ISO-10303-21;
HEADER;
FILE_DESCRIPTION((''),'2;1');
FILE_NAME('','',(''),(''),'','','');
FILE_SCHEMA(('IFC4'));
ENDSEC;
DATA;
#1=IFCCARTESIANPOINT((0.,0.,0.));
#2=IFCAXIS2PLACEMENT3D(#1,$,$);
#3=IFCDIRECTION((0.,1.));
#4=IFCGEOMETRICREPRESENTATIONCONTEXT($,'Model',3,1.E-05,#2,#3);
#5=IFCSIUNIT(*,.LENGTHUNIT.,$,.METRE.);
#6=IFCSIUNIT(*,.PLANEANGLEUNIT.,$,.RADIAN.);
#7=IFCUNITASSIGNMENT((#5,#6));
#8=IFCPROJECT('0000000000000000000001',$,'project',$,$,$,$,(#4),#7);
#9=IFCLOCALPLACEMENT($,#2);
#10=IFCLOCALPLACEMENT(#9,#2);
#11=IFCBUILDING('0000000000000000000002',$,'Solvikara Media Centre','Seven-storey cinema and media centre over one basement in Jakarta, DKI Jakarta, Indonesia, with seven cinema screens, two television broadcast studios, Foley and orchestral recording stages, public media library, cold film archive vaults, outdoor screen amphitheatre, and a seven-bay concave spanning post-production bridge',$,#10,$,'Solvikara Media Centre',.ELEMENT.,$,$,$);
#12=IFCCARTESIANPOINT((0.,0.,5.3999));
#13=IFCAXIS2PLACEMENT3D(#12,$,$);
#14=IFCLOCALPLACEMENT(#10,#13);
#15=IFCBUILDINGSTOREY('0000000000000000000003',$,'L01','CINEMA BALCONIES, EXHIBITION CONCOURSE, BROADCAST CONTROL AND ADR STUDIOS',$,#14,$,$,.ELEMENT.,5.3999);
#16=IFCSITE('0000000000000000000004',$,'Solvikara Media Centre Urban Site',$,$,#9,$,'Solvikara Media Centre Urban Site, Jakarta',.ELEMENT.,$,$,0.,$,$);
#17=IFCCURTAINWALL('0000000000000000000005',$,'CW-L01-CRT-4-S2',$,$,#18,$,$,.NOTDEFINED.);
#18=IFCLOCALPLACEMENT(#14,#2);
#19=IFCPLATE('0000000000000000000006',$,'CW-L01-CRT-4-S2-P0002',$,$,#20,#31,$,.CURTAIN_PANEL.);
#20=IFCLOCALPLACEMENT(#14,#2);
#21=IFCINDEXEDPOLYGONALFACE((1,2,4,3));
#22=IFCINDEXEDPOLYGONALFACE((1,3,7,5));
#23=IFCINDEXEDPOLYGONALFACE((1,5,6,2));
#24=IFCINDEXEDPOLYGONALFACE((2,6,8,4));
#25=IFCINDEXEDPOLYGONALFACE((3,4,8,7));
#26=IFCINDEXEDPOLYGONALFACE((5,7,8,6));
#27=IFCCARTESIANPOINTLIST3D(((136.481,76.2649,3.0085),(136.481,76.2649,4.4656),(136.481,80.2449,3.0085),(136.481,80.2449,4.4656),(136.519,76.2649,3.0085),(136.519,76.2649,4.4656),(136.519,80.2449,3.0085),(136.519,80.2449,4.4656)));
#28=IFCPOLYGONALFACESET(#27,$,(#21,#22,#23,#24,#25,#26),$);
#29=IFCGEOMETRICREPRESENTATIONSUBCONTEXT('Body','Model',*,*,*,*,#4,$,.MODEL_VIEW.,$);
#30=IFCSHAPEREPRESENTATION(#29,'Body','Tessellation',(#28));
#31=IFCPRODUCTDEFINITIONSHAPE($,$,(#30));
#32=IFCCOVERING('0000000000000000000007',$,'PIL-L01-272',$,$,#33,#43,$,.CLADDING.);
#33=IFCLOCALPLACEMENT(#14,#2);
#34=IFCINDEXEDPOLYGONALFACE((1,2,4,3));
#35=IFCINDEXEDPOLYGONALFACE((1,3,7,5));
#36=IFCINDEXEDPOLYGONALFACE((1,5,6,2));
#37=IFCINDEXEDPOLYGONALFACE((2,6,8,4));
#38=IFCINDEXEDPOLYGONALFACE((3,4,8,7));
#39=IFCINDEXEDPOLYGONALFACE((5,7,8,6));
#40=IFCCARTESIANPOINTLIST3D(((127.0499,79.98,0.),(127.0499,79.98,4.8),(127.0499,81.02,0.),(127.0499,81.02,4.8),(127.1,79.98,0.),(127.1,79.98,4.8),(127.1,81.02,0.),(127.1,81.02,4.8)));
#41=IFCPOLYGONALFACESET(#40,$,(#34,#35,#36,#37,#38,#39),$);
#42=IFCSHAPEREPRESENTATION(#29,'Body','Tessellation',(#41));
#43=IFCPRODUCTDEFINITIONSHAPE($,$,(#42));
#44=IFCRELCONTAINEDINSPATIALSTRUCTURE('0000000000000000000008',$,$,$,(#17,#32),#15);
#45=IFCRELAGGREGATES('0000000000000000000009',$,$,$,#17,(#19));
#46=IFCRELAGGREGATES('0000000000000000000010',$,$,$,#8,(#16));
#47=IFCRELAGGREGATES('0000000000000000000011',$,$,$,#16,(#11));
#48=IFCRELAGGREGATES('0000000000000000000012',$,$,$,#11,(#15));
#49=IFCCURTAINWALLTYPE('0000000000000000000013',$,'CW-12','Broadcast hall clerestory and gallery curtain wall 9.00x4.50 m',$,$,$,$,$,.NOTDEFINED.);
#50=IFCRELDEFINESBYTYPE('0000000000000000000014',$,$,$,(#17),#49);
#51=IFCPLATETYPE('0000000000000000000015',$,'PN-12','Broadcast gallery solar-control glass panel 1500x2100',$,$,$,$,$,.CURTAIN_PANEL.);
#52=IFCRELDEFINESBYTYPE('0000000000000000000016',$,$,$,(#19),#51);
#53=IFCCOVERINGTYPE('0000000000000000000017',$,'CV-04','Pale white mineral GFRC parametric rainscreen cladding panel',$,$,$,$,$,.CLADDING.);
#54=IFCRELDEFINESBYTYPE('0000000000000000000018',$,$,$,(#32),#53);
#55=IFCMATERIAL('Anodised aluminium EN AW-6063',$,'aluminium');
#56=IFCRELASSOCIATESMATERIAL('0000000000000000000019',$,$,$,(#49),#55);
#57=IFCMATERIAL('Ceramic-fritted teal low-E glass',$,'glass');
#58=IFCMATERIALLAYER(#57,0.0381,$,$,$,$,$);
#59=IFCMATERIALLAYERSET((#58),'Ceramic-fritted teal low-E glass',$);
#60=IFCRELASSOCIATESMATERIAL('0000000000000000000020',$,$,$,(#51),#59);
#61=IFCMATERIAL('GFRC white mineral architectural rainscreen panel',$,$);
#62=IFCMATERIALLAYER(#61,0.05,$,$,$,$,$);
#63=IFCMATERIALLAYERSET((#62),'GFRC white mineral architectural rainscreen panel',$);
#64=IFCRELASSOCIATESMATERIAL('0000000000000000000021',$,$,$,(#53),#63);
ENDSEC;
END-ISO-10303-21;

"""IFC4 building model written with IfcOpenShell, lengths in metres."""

from ifc_helpers import new_model, si_unit, direction, frame, origin, origin_2d, place, context, subcontext, project, spatial, rectangle, extrude, material, layer, layer_set, type_object, element, aggregate, save


model = new_model("IFC4")

# Units and contexts
model_context = context("Model", 3, precision=1e-05, world=origin(), true_north=direction((0.0, 1.0)))
body_context = subcontext(model_context, "Body", "Model", "MODEL_VIEW")
ifc_project = project(units=[si_unit("LENGTHUNIT", "METRE"), si_unit("PLANEANGLEUNIT", "RADIAN")], contexts=[model_context])

# Site, building, storey
site_placement = place(None, origin())
site = spatial("IfcSite", under=ifc_project, at=site_placement, Name="Solvikara Media Centre Urban Site", LongName="Solvikara Media Centre Urban Site, Jakarta", CompositionType="ELEMENT", RefElevation=0.0)
building_placement = place(site_placement, origin())
building = spatial("IfcBuilding", under=site, at=building_placement, Name="Solvikara Media Centre", Description="Seven-storey cinema and media centre over one basement in Jakarta, DKI Jakarta, Indonesia, with seven cinema screens, two television broadcast studios, Foley and orchestral recording stages, public media library, cold film archive vaults, outdoor screen amphitheatre, and a seven-bay concave spanning post-production bridge", LongName="Solvikara Media Centre", CompositionType="ELEMENT")
storey_placement = place(building_placement, frame((0.0, 0.0, 5.3999)))
storey = spatial("IfcBuildingStorey", under=building, at=storey_placement, Name="L01", Description="CINEMA BALCONIES, EXHIBITION CONCOURSE, BROADCAST CONTROL AND ADR STUDIOS", CompositionType="ELEMENT", Elevation=5.3999)

# Curtain wall
ifc_material_1 = material(Name="Anodised aluminium EN AW-6063", Category="aluminium")
curtain_wall_type = type_object("IfcCurtainWallType", Name="CW-12", Description="Broadcast hall clerestory and gallery curtain wall 9.00x4.50 m", PredefinedType="NOTDEFINED", material=ifc_material_1)
curtain_wall_1_placement = place(storey_placement, origin())
curtain_wall_1 = element("IfcCurtainWall", 1, at=curtain_wall_1_placement, inside=storey, type_object=curtain_wall_type, Name="CW-L01-CRT-4-S2", PredefinedType="NOTDEFINED")

# Plate
ifc_material_2 = material(Name="Ceramic-fritted teal low-E glass", Category="glass")
ifc_layer_1 = layer(ifc_material_2, 0.0381)
ifc_layer_set_1 = layer_set([ifc_layer_1], Name="Ceramic-fritted teal low-E glass")
plate_type = type_object("IfcPlateType", Name="PN-12", Description="Broadcast gallery solar-control glass panel 1500x2100", PredefinedType="CURTAIN_PANEL", material=ifc_layer_set_1)
plate_1_placement = place(storey_placement, frame((136.5, 78.2549, 3.0085), z_axis=(0.0, 0.0, 1.0), x_axis=(0.0, -1.0, 0.0)))
plate_1 = element("IfcPlate", 2, at=plate_1_placement, type_object=plate_type, Name="CW-L01-CRT-4-S2-P0002", PredefinedType="CURTAIN_PANEL", context=body_context, shape_type="SweptSolid", body=[
    extrude(rectangle(XDim=3.98, YDim=0.0381, at=origin_2d()), origin(), (0.0, 0.0, 1.0), 1.457),
])
aggregate(curtain_wall_1, [plate_1])

# Covering
ifc_material_3 = material(Name="GFRC white mineral architectural rainscreen panel")
ifc_layer_2 = layer(ifc_material_3, 0.05)
ifc_layer_set_2 = layer_set([ifc_layer_2], Name="GFRC white mineral architectural rainscreen panel")
covering_type = type_object("IfcCoveringType", Name="CV-04", Description="Pale white mineral GFRC parametric rainscreen cladding panel", PredefinedType="CLADDING", material=ifc_layer_set_2)
covering_placement = place(storey_placement, frame((127.075, 80.5, 0.0), z_axis=(0.0, 0.0, 1.0), x_axis=(0.0, -1.0, 0.0)))
element("IfcCovering", 3, at=covering_placement, inside=storey, type_object=covering_type, Name="PIL-L01-272", PredefinedType="CLADDING", context=body_context, shape_type="SweptSolid", body=[
    extrude(rectangle(XDim=1.04, YDim=0.05, at=origin_2d()), origin(), (0.0, 0.0, 1.0), 4.8),
])

save(model, "model.ifc")
